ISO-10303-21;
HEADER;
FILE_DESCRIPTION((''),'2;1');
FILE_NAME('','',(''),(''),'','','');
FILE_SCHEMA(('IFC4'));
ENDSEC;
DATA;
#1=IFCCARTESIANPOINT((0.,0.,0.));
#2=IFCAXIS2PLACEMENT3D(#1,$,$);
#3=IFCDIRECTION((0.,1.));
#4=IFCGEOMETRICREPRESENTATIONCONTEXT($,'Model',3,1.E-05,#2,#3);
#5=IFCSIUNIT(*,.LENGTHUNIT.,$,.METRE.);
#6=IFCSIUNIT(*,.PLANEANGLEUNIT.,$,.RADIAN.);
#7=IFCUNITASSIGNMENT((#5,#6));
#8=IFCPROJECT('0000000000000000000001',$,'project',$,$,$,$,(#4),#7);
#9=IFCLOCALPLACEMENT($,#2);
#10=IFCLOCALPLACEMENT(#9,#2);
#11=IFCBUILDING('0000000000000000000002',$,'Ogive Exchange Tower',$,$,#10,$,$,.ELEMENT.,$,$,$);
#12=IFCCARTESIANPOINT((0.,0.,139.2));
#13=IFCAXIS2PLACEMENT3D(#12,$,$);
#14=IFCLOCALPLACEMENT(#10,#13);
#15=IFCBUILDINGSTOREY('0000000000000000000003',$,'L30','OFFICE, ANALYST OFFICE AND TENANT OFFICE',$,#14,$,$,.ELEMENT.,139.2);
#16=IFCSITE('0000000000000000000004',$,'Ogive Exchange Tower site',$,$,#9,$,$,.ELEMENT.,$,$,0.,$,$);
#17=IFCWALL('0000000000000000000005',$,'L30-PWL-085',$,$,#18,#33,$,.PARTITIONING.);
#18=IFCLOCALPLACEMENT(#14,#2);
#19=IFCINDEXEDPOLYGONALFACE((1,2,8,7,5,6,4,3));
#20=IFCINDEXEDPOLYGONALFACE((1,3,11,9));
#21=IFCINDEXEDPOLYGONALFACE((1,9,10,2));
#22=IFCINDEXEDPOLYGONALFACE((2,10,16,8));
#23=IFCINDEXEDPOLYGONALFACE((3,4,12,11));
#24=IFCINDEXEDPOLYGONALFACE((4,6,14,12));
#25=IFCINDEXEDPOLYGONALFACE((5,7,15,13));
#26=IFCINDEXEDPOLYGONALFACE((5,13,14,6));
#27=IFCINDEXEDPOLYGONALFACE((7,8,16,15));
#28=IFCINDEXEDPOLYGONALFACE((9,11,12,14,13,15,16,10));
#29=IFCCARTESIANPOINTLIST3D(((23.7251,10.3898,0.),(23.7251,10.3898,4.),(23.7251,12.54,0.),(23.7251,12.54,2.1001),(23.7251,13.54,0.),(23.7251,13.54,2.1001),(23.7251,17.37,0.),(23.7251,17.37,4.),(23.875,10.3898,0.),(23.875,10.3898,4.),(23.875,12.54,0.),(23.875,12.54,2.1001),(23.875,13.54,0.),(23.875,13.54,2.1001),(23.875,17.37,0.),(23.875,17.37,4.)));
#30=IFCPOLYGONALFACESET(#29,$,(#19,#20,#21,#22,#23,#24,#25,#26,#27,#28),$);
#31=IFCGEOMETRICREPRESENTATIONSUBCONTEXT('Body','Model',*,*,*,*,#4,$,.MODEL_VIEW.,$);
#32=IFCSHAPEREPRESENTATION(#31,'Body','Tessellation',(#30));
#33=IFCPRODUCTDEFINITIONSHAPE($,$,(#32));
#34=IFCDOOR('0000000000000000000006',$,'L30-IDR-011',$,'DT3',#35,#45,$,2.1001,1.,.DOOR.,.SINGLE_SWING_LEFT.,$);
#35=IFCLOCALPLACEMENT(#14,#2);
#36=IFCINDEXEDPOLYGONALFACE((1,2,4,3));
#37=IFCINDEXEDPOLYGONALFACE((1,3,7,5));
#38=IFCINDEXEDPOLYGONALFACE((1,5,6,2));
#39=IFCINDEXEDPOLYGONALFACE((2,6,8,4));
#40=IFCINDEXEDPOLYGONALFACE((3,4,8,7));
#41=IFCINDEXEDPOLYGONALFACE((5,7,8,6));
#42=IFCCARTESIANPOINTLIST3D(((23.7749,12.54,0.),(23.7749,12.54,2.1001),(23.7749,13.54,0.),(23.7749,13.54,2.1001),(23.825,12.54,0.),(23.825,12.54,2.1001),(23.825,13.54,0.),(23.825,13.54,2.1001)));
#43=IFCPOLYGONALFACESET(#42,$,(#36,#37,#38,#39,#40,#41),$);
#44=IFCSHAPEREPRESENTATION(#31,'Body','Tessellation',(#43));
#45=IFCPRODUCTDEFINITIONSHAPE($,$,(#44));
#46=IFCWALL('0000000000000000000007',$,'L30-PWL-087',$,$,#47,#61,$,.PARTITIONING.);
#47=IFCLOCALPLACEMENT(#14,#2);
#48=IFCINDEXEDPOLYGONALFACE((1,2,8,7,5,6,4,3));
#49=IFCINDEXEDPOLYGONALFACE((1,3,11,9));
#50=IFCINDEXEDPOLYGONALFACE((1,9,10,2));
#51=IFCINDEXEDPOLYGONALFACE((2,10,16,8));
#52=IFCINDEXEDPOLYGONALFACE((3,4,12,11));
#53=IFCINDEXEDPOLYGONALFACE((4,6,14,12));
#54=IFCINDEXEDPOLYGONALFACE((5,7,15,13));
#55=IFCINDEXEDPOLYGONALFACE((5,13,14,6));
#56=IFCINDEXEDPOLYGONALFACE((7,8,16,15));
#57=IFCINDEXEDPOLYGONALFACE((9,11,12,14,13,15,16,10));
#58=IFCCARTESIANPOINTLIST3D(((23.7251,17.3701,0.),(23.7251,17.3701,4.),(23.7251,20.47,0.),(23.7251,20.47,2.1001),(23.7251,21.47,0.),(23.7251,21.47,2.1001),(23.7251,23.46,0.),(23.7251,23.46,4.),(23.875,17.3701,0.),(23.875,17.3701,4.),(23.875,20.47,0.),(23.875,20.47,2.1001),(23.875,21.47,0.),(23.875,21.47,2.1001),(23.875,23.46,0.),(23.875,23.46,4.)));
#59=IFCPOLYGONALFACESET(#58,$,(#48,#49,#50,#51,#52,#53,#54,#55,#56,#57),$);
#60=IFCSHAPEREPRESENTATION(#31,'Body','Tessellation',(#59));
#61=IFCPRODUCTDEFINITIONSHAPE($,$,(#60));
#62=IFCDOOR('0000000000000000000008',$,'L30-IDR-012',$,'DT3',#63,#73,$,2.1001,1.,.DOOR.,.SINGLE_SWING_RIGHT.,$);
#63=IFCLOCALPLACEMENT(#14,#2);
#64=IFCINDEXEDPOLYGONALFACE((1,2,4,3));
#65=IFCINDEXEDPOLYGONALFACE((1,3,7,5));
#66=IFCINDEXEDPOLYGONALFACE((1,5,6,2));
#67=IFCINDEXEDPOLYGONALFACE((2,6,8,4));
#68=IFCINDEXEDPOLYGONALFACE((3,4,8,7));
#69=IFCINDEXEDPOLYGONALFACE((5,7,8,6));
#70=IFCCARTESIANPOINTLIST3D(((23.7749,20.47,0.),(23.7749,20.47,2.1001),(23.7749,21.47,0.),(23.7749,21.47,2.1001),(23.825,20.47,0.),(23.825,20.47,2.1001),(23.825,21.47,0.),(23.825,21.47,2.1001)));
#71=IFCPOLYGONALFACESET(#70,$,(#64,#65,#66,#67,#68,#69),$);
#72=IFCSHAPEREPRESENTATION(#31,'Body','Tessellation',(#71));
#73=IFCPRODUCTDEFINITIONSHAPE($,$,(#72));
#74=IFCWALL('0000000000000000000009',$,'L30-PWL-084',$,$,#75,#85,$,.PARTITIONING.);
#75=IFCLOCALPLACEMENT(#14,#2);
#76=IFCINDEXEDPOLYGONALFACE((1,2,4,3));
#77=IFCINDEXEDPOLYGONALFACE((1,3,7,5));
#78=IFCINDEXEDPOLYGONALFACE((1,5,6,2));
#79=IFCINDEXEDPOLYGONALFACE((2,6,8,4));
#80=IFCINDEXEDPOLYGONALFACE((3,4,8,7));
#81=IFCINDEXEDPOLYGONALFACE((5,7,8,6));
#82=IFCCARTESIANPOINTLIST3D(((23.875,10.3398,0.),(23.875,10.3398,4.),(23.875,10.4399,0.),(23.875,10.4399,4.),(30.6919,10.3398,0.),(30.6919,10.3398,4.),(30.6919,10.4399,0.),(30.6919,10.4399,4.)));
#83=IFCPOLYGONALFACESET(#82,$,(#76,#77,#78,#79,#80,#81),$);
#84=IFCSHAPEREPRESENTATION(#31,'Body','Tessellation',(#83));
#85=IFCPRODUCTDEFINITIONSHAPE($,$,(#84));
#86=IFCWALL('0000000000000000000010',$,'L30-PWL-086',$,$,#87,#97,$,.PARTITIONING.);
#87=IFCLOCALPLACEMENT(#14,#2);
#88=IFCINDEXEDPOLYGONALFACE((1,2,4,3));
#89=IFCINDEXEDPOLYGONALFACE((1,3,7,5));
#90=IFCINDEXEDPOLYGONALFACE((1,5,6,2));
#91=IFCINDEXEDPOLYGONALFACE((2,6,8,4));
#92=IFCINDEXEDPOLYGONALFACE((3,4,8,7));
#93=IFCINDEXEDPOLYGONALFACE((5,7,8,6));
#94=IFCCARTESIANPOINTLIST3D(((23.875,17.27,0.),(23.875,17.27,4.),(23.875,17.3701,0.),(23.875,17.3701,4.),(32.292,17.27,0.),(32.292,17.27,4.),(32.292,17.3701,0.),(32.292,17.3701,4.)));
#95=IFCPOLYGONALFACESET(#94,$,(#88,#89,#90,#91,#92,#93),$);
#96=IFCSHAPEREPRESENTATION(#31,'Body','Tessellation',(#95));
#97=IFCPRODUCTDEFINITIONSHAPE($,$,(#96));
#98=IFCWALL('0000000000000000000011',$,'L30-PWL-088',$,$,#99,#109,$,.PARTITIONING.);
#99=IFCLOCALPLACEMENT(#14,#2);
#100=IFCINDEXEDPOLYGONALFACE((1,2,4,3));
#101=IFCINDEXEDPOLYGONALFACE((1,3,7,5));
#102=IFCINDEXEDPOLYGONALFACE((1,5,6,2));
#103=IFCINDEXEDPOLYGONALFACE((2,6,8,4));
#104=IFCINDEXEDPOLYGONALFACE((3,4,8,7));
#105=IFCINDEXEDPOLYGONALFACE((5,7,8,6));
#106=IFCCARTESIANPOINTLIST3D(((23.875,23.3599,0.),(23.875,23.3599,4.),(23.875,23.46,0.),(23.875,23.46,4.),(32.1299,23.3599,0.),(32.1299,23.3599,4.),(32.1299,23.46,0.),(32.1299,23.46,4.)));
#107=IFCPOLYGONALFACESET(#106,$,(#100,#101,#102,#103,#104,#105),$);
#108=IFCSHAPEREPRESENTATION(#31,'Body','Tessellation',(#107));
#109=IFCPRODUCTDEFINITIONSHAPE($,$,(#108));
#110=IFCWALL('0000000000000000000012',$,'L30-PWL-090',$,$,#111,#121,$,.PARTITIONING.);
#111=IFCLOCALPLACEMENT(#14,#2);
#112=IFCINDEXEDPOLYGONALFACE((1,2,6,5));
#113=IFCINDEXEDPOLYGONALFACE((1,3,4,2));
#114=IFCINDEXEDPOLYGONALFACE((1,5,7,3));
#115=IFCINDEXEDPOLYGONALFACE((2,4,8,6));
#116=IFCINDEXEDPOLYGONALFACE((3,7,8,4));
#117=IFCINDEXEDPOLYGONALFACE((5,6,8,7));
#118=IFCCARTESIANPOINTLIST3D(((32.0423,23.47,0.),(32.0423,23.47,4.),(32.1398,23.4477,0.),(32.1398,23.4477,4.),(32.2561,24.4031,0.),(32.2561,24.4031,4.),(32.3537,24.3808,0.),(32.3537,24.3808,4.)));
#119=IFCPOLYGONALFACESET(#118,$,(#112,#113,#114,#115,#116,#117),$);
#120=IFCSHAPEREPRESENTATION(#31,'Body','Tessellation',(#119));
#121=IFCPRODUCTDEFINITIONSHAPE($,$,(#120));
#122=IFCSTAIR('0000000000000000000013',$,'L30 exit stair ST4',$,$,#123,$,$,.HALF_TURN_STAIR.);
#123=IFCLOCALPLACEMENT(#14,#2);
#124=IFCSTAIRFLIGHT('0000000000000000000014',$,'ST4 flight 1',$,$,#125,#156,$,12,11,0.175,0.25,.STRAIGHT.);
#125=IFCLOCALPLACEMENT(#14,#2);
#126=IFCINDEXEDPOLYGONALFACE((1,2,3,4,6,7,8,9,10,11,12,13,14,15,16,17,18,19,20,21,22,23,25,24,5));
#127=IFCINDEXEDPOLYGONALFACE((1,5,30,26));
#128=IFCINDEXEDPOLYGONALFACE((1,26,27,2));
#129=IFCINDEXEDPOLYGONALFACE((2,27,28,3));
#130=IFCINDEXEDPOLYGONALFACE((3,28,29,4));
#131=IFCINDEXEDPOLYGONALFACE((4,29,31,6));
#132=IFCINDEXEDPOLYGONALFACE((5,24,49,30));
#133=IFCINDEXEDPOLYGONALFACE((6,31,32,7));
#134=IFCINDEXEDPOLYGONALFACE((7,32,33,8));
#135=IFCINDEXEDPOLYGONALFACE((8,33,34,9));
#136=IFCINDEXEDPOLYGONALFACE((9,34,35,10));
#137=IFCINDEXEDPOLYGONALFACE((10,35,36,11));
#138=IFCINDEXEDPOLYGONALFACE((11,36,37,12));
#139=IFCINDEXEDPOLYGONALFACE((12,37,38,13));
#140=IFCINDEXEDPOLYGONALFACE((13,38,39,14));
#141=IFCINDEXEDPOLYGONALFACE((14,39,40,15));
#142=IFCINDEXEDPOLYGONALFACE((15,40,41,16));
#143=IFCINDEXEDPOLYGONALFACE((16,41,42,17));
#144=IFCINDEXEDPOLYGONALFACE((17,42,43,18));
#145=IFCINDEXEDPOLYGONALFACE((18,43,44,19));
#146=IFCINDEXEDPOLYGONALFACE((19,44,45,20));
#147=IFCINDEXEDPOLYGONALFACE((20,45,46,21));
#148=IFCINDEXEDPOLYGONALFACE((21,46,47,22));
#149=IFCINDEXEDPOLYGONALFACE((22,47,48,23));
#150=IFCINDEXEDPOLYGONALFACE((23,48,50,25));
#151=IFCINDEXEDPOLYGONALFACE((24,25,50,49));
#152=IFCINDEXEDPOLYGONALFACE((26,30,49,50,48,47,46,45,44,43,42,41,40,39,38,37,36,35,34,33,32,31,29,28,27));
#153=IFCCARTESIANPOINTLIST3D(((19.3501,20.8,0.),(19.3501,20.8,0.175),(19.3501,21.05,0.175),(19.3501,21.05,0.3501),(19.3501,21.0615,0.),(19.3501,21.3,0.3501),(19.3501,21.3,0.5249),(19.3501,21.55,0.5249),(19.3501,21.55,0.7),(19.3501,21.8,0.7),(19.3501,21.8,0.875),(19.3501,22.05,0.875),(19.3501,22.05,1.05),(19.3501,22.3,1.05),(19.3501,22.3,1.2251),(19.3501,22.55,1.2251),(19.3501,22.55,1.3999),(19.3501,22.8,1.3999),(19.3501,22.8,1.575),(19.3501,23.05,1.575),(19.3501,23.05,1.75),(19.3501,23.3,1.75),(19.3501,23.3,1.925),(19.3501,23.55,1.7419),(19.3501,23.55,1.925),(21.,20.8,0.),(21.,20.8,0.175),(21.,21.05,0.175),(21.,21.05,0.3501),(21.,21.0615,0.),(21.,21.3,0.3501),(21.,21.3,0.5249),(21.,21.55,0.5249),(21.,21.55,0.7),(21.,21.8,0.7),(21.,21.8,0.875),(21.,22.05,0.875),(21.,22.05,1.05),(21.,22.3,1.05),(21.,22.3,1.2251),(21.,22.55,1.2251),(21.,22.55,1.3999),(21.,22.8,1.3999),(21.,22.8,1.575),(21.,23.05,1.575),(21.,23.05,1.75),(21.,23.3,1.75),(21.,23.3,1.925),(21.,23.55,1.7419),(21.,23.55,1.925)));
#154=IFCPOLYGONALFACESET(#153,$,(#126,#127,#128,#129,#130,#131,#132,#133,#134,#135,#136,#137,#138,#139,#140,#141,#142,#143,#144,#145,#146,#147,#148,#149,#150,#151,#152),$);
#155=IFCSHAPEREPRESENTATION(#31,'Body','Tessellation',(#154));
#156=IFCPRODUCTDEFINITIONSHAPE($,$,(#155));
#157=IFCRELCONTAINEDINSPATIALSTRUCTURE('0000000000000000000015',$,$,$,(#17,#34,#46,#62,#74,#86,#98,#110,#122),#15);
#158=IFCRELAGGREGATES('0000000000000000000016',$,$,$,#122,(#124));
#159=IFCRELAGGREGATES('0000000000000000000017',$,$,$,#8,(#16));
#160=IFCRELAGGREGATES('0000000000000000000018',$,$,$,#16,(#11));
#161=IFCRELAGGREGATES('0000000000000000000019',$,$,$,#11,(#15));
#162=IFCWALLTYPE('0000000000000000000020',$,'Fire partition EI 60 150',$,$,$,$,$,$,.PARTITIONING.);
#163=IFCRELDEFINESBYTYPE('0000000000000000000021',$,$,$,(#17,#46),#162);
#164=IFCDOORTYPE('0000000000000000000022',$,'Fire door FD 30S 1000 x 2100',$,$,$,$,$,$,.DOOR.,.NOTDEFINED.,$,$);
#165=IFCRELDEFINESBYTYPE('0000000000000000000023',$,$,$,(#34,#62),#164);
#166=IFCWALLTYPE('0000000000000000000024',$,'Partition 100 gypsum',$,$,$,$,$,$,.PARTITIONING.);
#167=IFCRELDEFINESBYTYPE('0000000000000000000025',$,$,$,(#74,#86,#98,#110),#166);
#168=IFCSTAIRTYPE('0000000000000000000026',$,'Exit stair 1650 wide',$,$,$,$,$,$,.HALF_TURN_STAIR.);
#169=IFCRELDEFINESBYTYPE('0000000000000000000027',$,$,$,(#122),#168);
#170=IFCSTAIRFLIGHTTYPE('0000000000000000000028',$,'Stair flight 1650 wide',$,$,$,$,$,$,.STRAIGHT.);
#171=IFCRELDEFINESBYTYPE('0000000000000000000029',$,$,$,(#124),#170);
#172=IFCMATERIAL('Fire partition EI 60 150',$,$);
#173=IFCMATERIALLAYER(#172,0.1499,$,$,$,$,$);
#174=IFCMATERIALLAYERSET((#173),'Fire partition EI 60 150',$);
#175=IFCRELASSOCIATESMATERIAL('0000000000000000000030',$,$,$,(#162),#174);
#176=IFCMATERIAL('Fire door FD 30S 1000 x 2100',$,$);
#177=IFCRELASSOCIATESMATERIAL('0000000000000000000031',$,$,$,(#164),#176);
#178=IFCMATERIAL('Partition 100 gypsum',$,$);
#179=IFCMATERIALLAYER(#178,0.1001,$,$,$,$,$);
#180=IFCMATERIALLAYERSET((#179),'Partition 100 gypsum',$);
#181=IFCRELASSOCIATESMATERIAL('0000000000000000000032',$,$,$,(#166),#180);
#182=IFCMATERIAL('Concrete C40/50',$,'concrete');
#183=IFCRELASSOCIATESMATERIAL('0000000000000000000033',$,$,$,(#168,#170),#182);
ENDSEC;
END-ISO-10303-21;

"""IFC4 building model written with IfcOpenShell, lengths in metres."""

from ifc_helpers import new_model, si_unit, direction, frame, frame_2d, origin, place, context, subcontext, project, spatial, polyline, rectangle, outline, extrude, material, layer, layer_set, type_object, element, fill, aggregate, save


model = new_model("IFC4")

# Units and contexts
model_context = context("Model", 3, precision=1e-05, world=origin(), true_north=direction((0.0, 1.0)))
body_context = subcontext(model_context, "Body", "Model", "MODEL_VIEW")
ifc_project = project(units=[si_unit("LENGTHUNIT", "METRE"), si_unit("PLANEANGLEUNIT", "RADIAN")], contexts=[model_context])

# Site, building, storey
site_placement = place(None, origin())
site = spatial("IfcSite", under=ifc_project, at=site_placement, Name="Ogive Exchange Tower site", CompositionType="ELEMENT", RefElevation=0.0)
building_placement = place(site_placement, origin())
building = spatial("IfcBuilding", under=site, at=building_placement, Name="Ogive Exchange Tower", CompositionType="ELEMENT")
storey_placement = place(building_placement, frame((0.0, 0.0, 139.2)))
storey = spatial("IfcBuildingStorey", under=building, at=storey_placement, Name="L30", Description="OFFICE, ANALYST OFFICE AND TENANT OFFICE", CompositionType="ELEMENT", Elevation=139.2)

# Walls, openings, doors
ifc_material_1 = material(Name="Fire partition EI 60 150")
ifc_layer_1 = layer(ifc_material_1, 0.1499)
ifc_layer_set_1 = layer_set([ifc_layer_1], Name="Fire partition EI 60 150")
wall_type_1 = type_object("IfcWallType", Name="Fire partition EI 60 150", PredefinedType="PARTITIONING", material=ifc_layer_set_1)
ifc_material_2 = material(Name="Fire door FD 30S 1000 x 2100")
door_type = type_object("IfcDoorType", Name="Fire door FD 30S 1000 x 2100", OperationType="NOTDEFINED", PredefinedType="DOOR", material=ifc_material_2)
wall_1_placement = place(storey_placement, frame((23.8, 17.3701, 0.0), z_axis=(0.0, 0.0, 1.0), x_axis=(0.0, -1.0, 0.0)))
wall_1 = element("IfcWall", 1, at=wall_1_placement, inside=storey, type_object=wall_type_1, Name="L30-PWL-085", PredefinedType="PARTITIONING", context=body_context, shape_type="SweptSolid", body=[
    extrude(rectangle(XDim=6.9802, YDim=0.1499, at=frame_2d((3.4902, 0.0))), origin(), (0.0, 0.0, 1.0), 4.0),
])
opening_1_placement = place(wall_1_placement, frame((3.8301, 0.0, 0.0)))
opening_1 = element("IfcOpeningElement", 2, at=opening_1_placement, cuts=wall_1, PredefinedType="OPENING", context=body_context, shape_type="SweptSolid", body=[
    extrude(rectangle(XDim=1.0, YDim=2.1001, at=frame_2d((0.5, 1.05))), frame((0.0, 0.085, 0.0), z_axis=(0.0, -1.0, 0.0), x_axis=(1.0, 0.0, 0.0)), (0.0, 0.0, 1.0), 0.1699),
])
door_1_placement = place(opening_1_placement, origin())
door_1 = element("IfcDoor", 3, at=door_1_placement, inside=storey, type_object=door_type, Name="L30-IDR-011", ObjectType="DT3", OperationType="SINGLE_SWING_LEFT", OverallHeight=2.1001, OverallWidth=1.0, PredefinedType="DOOR", context=body_context, shape_type="SweptSolid", body=[
    extrude(rectangle(XDim=1.0, YDim=2.1001, at=frame_2d((0.5, 1.05))), frame((0.0, 0.0249, 0.0), z_axis=(0.0, -1.0, 0.0), x_axis=(1.0, 0.0, 0.0)), (0.0, 0.0, 1.0), 0.05),
])
fill(opening_1, door_1)
wall_2_placement = place(storey_placement, frame((23.8, 23.46, 0.0), z_axis=(0.0, 0.0, 1.0), x_axis=(0.0, -1.0, 0.0)))
wall_2 = element("IfcWall", 4, at=wall_2_placement, inside=storey, type_object=wall_type_1, Name="L30-PWL-087", PredefinedType="PARTITIONING", context=body_context, shape_type="SweptSolid", body=[
    extrude(rectangle(XDim=6.0898, YDim=0.1499, at=frame_2d((3.0449, 0.0))), origin(), (0.0, 0.0, 1.0), 4.0),
])
opening_2_placement = place(wall_2_placement, frame((1.99, 0.0, 0.0)))
opening_2 = element("IfcOpeningElement", 5, at=opening_2_placement, cuts=wall_2, PredefinedType="OPENING", context=body_context, shape_type="SweptSolid", body=[
    extrude(rectangle(XDim=1.0, YDim=2.1001, at=frame_2d((0.5, 1.05))), frame((0.0, 0.085, 0.0), z_axis=(0.0, -1.0, 0.0), x_axis=(1.0, 0.0, 0.0)), (0.0, 0.0, 1.0), 0.1699),
])
door_2_placement = place(opening_2_placement, origin())
door_2 = element("IfcDoor", 6, at=door_2_placement, inside=storey, type_object=door_type, Name="L30-IDR-012", ObjectType="DT3", OperationType="SINGLE_SWING_RIGHT", OverallHeight=2.1001, OverallWidth=1.0, PredefinedType="DOOR", context=body_context, shape_type="SweptSolid", body=[
    extrude(rectangle(XDim=1.0, YDim=2.1001, at=frame_2d((0.5, 1.05))), frame((0.0, 0.0249, 0.0), z_axis=(0.0, -1.0, 0.0), x_axis=(1.0, 0.0, 0.0)), (0.0, 0.0, 1.0), 0.05),
])
fill(opening_2, door_2)

# Walls
ifc_material_3 = material(Name="Partition 100 gypsum")
ifc_layer_2 = layer(ifc_material_3, 0.1001)
ifc_layer_set_2 = layer_set([ifc_layer_2], Name="Partition 100 gypsum")
wall_type_2 = type_object("IfcWallType", Name="Partition 100 gypsum", PredefinedType="PARTITIONING", material=ifc_layer_set_2)
wall_3_placement = place(storey_placement, frame((23.875, 10.3899, 0.0), z_axis=(0.0, 0.0, 1.0), x_axis=(1.0, 0.0, 0.0)))
element("IfcWall", 7, at=wall_3_placement, inside=storey, type_object=wall_type_2, Name="L30-PWL-084", PredefinedType="PARTITIONING", context=body_context, shape_type="SweptSolid", body=[
    extrude(rectangle(XDim=6.8169, YDim=0.1001, at=frame_2d((3.4084, 0.0))), origin(), (0.0, 0.0, 1.0), 4.0),
])
wall_4_placement = place(storey_placement, frame((23.875, 17.3201, 0.0), z_axis=(0.0, 0.0, 1.0), x_axis=(1.0, 0.0, 0.0)))
element("IfcWall", 8, at=wall_4_placement, inside=storey, type_object=wall_type_2, Name="L30-PWL-086", PredefinedType="PARTITIONING", context=body_context, shape_type="SweptSolid", body=[
    extrude(rectangle(XDim=8.417, YDim=0.1001, at=frame_2d((4.2085, 0.0))), origin(), (0.0, 0.0, 1.0), 4.0),
])
wall_5_placement = place(storey_placement, frame((23.875, 23.4099, 0.0), z_axis=(0.0, 0.0, 1.0), x_axis=(1.0, 0.0, 0.0)))
element("IfcWall", 9, at=wall_5_placement, inside=storey, type_object=wall_type_2, Name="L30-PWL-088", PredefinedType="PARTITIONING", context=body_context, shape_type="SweptSolid", body=[
    extrude(rectangle(XDim=8.2549, YDim=0.1001, at=frame_2d((4.1274, 0.0))), origin(), (0.0, 0.0, 1.0), 4.0),
])
wall_6_placement = place(storey_placement, frame((32.0911, 23.459, 0.0), z_axis=(0.0, 0.0, 1.0), x_axis=(0.223406, 0.974725, 0.0)))
element("IfcWall", 10, at=wall_6_placement, inside=storey, type_object=wall_type_2, Name="L30-PWL-090", PredefinedType="PARTITIONING", context=body_context, shape_type="SweptSolid", body=[
    extrude(rectangle(XDim=0.9573, YDim=0.1001, at=frame_2d((0.4785, 0.0))), origin(), (0.0, 0.0, 1.0), 4.0),
])

# Stair, stair flight
ifc_material_4 = material(Name="Concrete C40/50", Category="concrete")
stair_type = type_object("IfcStairType", Name="Exit stair 1650 wide", PredefinedType="HALF_TURN_STAIR", material=ifc_material_4)
stair_placement = place(storey_placement, origin())
stair = element("IfcStair", 11, at=stair_placement, inside=storey, type_object=stair_type, Name="L30 exit stair ST4", PredefinedType="HALF_TURN_STAIR")
stair_flight_type = type_object("IfcStairFlightType", Name="Stair flight 1650 wide", PredefinedType="STRAIGHT", material=ifc_material_4)
stair_flight_placement = place(storey_placement, frame((20.175, 20.8, 0.0), z_axis=(0.0, 0.0, 1.0), x_axis=(0.0, 1.0, 0.0)))
stair_flight = element("IfcStairFlight", 12, at=stair_flight_placement, type_object=stair_flight_type, Name="ST4 flight 1", NumberOfRisers=12, NumberOfTreads=11, PredefinedType="STRAIGHT", RiserHeight=0.175, TreadLength=0.25, context=body_context, shape_type="SweptSolid", body=[
    extrude(outline(polyline([(0.0, 0.0), (0.0, 0.175), (0.25, 0.175), (0.25, 0.3501), (0.5, 0.3501), (0.5, 0.5249), (0.75, 0.5249), (0.75, 0.7), (1.0, 0.7), (1.0, 0.875), (1.25, 0.875), (1.25, 1.05), (1.5, 1.05), (1.5, 1.2251), (1.75, 1.2251), (1.75, 1.3999), (2.0, 1.3999), (2.0, 1.575), (2.25, 1.575), (2.25, 1.75), (2.5, 1.75), (2.5, 1.925), (2.75, 1.925), (2.75, 2.1001), (2.75, 1.7419), (0.2615, 0.0), (0.0, 0.0)])), frame((0.0, 0.825, 0.0), z_axis=(0.0, -1.0, 0.0), x_axis=(1.0, 0.0, 0.0)), (0.0, 0.0, 1.0), 1.6499),
])
aggregate(stair, [stair_flight])

save(model, "model.ifc")
